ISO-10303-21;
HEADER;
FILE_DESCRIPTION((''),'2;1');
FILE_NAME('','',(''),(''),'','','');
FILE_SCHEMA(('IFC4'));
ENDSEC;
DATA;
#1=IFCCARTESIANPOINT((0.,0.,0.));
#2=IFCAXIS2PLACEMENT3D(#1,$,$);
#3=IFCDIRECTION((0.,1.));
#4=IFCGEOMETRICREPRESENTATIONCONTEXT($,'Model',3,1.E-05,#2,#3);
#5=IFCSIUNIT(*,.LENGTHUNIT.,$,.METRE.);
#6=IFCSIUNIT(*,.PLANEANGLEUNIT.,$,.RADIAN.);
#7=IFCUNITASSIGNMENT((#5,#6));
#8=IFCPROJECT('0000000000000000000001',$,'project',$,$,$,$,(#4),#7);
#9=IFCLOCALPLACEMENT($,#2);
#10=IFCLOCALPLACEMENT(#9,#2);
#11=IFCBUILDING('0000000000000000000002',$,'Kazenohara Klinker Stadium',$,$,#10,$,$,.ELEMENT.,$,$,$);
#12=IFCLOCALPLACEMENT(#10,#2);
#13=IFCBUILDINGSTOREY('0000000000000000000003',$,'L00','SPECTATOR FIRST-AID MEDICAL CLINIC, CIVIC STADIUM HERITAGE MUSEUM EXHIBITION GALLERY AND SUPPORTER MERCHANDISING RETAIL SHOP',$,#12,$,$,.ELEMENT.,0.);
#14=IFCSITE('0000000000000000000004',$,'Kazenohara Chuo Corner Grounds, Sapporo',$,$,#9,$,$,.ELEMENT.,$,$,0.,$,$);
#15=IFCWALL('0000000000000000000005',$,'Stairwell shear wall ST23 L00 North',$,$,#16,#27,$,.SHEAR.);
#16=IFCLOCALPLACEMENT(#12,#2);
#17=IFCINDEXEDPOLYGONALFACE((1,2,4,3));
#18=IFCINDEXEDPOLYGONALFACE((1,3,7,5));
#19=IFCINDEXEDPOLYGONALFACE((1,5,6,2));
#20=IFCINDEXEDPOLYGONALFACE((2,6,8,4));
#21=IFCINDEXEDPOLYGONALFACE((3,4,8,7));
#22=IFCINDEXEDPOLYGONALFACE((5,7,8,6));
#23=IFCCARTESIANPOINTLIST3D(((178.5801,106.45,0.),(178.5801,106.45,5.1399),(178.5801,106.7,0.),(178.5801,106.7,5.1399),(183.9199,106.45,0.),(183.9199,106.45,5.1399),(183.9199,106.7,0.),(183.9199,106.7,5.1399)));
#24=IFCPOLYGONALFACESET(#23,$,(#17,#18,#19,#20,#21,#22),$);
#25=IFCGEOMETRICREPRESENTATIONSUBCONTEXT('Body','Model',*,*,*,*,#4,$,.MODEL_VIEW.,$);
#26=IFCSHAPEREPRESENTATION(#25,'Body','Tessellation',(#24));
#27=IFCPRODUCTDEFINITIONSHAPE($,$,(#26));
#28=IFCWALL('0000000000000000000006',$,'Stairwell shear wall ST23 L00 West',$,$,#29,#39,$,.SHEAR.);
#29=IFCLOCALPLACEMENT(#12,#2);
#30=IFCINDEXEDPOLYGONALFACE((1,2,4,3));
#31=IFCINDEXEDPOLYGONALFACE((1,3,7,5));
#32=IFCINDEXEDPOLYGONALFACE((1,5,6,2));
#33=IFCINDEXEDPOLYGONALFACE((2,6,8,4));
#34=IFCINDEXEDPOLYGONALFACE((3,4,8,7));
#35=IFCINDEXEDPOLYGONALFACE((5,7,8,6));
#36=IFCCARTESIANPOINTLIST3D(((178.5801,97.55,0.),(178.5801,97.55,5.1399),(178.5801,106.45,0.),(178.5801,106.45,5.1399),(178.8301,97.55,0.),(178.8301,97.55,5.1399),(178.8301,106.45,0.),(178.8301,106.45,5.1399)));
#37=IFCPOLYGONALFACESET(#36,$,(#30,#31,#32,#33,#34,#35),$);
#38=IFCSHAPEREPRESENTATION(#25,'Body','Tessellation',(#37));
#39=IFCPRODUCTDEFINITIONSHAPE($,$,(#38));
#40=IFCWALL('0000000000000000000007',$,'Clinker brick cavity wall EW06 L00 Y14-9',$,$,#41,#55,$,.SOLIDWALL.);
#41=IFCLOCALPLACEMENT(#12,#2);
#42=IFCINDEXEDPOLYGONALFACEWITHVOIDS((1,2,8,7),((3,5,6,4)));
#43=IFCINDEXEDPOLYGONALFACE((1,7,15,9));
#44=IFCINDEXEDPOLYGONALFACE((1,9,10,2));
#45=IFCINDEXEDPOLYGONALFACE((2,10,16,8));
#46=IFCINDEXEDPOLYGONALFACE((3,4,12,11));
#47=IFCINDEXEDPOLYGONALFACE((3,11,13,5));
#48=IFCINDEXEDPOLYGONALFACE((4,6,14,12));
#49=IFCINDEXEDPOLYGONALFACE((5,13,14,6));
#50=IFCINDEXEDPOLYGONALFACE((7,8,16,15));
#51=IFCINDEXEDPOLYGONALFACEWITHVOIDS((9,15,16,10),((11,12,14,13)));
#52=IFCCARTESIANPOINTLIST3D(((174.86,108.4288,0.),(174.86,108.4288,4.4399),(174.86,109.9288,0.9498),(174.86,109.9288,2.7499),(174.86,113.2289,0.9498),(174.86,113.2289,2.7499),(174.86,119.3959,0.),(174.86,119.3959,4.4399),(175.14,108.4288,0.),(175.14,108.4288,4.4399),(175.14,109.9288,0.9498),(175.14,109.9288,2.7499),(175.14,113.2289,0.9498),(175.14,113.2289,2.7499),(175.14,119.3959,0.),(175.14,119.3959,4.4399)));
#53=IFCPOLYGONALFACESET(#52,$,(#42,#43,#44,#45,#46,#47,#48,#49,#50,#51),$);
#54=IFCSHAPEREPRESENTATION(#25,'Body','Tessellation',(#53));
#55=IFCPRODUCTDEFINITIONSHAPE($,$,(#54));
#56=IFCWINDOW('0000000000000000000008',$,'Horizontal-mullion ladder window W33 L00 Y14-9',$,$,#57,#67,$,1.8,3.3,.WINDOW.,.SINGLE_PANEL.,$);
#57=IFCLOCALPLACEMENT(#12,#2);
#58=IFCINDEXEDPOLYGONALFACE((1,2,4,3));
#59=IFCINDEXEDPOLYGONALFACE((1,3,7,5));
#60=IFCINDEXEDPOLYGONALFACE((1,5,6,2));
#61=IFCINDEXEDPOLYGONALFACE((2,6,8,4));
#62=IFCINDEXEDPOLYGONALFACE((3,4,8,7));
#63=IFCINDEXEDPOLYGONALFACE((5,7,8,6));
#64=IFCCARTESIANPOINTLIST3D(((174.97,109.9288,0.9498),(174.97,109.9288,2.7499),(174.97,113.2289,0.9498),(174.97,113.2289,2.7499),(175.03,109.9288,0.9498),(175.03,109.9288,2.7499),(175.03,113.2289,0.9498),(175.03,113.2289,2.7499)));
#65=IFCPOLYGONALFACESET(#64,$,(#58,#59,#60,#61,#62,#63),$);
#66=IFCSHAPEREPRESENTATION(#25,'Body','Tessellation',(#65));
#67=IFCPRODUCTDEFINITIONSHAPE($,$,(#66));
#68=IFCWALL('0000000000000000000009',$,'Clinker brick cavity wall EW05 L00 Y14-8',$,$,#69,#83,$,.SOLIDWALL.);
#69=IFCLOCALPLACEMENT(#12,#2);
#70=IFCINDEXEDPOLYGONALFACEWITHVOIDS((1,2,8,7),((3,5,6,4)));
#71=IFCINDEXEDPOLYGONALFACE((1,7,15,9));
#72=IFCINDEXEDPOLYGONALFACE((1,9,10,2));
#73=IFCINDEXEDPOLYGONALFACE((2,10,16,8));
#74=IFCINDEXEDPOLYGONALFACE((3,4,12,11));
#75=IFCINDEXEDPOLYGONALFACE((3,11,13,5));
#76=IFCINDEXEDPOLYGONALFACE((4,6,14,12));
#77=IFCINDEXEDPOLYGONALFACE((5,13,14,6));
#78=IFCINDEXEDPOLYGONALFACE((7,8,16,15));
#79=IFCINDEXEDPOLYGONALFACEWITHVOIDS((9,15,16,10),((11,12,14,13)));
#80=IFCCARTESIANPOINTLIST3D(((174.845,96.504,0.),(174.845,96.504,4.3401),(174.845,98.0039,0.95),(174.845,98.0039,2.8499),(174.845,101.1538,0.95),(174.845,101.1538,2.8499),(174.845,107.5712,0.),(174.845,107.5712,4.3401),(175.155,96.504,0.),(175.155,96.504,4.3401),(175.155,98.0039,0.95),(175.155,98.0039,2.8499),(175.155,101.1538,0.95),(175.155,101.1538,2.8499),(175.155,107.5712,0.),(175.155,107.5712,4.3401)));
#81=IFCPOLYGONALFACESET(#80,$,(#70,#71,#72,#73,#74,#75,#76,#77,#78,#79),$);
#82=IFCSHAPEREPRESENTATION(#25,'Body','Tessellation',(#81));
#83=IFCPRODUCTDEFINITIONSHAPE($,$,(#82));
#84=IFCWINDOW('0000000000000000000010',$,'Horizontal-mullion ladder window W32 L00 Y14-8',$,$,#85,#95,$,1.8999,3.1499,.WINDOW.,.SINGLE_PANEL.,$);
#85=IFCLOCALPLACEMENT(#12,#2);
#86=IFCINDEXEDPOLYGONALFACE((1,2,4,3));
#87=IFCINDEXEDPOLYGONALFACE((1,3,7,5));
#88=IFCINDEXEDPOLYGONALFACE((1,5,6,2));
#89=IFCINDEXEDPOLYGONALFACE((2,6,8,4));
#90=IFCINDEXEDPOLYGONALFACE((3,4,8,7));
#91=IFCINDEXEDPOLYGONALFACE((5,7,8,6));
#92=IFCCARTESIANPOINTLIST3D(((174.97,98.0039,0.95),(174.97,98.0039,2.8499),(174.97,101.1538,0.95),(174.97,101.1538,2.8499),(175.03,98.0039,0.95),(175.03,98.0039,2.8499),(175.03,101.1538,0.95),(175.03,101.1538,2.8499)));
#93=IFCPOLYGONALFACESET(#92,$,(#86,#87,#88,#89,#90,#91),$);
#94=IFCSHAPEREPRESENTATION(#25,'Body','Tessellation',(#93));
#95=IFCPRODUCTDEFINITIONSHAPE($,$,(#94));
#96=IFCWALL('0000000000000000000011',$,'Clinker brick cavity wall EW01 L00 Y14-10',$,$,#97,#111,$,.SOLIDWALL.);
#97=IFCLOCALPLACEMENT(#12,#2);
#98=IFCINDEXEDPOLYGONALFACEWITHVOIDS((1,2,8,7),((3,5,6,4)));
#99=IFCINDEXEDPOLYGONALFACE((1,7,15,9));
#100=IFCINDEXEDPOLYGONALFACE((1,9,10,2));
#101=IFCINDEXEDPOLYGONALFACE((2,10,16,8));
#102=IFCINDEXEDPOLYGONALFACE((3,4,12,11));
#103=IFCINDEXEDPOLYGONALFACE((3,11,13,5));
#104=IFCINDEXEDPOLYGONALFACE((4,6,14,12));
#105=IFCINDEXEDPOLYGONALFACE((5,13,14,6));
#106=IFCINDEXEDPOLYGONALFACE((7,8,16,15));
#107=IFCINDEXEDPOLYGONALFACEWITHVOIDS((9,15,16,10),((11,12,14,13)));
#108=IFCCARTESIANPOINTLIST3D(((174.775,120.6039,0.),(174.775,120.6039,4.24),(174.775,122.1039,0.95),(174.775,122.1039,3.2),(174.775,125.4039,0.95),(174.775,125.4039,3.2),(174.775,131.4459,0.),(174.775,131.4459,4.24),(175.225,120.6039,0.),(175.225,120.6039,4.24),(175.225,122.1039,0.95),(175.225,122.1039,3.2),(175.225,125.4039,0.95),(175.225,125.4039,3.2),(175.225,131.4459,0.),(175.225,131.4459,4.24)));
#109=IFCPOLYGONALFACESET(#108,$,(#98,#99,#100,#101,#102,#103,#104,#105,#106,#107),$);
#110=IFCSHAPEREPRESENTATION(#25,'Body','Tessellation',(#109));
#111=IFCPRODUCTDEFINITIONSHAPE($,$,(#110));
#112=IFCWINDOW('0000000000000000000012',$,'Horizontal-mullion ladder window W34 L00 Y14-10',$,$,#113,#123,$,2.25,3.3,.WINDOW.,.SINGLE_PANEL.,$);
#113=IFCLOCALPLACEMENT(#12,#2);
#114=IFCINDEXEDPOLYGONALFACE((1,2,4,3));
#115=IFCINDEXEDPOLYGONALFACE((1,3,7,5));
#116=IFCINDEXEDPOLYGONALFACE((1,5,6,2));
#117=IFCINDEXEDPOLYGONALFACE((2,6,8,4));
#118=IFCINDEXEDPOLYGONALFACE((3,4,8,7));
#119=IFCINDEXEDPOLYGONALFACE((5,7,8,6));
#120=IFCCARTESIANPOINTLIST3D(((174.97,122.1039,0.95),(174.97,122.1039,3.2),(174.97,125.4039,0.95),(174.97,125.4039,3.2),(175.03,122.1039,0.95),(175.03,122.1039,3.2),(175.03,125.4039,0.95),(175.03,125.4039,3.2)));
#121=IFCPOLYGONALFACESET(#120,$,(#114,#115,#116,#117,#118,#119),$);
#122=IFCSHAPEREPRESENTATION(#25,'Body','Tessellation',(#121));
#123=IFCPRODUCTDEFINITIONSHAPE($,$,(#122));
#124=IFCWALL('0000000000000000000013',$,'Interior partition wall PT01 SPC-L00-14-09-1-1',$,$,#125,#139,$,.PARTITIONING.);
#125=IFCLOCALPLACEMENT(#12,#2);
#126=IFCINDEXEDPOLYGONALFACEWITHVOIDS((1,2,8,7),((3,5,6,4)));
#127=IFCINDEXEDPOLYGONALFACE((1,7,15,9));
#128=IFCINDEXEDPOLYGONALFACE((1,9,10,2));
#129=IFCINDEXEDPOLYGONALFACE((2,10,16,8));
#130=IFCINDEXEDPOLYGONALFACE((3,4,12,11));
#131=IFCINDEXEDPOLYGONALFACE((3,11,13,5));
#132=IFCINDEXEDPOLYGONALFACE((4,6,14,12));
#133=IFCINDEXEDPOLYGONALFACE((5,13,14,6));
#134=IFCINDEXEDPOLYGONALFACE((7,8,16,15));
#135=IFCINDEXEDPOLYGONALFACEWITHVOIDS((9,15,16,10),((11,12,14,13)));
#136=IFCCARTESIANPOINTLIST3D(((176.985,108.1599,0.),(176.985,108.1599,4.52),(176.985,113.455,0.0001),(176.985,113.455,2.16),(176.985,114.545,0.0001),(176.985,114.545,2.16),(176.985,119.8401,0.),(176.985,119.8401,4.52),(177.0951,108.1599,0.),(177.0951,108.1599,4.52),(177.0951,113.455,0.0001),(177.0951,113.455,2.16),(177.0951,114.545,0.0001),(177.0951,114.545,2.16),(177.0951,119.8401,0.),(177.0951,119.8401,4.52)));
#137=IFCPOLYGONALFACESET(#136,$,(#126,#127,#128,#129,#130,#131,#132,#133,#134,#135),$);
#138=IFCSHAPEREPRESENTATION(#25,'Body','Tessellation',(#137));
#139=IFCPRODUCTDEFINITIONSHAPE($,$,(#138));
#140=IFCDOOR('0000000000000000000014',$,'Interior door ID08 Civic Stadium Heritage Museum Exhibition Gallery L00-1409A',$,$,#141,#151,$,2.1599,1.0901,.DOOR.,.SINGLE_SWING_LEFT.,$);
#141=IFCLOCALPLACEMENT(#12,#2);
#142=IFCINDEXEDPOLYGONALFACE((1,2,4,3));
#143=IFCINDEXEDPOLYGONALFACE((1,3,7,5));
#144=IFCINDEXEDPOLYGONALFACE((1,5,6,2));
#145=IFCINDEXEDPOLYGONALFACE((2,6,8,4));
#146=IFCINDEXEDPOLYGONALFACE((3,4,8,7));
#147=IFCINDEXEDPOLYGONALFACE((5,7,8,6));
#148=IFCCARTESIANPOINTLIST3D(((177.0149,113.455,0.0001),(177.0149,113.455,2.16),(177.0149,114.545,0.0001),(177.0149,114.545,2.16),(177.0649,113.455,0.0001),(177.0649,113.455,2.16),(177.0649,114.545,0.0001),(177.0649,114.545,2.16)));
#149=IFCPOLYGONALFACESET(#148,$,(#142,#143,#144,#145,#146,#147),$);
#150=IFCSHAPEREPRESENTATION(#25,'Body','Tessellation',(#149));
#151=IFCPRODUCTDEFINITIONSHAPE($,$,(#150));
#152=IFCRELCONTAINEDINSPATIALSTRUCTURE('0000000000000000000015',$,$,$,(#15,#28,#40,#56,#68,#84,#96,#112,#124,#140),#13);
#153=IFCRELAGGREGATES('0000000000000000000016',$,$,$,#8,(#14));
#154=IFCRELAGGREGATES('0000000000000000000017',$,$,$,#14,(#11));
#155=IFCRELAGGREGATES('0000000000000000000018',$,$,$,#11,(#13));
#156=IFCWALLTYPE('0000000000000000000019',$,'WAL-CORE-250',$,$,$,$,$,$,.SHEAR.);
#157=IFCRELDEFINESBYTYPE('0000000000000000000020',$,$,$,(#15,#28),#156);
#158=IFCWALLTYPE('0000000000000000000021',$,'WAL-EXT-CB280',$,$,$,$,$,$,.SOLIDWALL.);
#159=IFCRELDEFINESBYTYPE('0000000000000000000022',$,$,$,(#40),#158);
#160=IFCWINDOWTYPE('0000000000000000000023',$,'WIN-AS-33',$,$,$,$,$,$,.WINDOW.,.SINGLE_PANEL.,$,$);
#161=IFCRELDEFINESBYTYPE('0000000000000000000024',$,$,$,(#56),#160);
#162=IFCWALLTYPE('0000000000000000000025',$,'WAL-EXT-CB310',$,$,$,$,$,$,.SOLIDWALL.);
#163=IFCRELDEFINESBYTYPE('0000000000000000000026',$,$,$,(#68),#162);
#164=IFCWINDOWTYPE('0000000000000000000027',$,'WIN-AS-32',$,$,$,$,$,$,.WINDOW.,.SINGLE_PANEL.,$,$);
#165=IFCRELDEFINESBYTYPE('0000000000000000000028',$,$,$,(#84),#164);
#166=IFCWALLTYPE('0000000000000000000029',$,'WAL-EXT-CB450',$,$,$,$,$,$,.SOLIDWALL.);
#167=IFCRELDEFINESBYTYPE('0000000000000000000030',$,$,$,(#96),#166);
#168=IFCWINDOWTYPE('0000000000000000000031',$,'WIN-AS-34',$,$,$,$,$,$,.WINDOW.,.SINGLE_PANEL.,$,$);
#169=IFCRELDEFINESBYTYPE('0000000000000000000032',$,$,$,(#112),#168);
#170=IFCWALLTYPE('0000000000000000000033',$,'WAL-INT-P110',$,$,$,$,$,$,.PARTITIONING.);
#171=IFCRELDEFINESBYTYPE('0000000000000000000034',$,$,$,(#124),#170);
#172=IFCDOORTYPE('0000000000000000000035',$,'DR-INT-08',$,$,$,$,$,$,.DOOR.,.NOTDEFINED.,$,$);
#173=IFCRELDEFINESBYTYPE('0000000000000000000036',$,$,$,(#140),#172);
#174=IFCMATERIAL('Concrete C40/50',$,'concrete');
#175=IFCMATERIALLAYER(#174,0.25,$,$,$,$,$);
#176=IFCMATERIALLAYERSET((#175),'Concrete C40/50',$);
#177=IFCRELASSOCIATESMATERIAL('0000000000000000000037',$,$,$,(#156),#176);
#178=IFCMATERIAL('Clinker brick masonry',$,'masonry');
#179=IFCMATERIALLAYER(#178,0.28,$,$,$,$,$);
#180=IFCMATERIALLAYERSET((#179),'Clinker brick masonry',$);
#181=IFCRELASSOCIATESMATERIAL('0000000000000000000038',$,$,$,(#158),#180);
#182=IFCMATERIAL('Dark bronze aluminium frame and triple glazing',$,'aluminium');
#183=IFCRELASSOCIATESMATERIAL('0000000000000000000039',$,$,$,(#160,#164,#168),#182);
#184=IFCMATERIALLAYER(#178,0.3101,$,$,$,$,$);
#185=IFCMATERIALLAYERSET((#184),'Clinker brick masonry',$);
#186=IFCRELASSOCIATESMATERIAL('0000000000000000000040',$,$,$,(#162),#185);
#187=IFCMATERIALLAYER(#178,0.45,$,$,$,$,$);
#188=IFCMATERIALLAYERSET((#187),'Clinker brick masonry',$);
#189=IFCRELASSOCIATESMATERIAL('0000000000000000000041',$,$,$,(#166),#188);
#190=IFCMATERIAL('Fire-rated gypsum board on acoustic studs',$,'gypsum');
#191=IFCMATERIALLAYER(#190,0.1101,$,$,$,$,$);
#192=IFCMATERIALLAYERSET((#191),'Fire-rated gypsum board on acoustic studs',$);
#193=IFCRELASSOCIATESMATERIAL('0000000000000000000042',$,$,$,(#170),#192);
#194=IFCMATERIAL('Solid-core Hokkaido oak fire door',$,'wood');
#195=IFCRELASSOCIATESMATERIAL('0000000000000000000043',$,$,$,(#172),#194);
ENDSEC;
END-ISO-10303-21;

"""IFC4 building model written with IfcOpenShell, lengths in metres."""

from ifc_helpers import new_model, si_unit, direction, frame, frame_2d, origin, place, context, subcontext, project, spatial, rectangle, extrude, material, layer, layer_set, type_object, element, fill, save


model = new_model("IFC4")

# Units and contexts
model_context = context("Model", 3, precision=1e-05, world=origin(), true_north=direction((0.0, 1.0)))
body_context = subcontext(model_context, "Body", "Model", "MODEL_VIEW")
ifc_project = project(units=[si_unit("LENGTHUNIT", "METRE"), si_unit("PLANEANGLEUNIT", "RADIAN")], contexts=[model_context])

# Site, building, storey
site_placement = place(None, origin())
site = spatial("IfcSite", under=ifc_project, at=site_placement, Name="Kazenohara Chuo Corner Grounds, Sapporo", CompositionType="ELEMENT", RefElevation=0.0)
building_placement = place(site_placement, origin())
building = spatial("IfcBuilding", under=site, at=building_placement, Name="Kazenohara Klinker Stadium", CompositionType="ELEMENT")
storey_placement = place(building_placement, origin())
storey = spatial("IfcBuildingStorey", under=building, at=storey_placement, Name="L00", Description="SPECTATOR FIRST-AID MEDICAL CLINIC, CIVIC STADIUM HERITAGE MUSEUM EXHIBITION GALLERY AND SUPPORTER MERCHANDISING RETAIL SHOP", CompositionType="ELEMENT", Elevation=0.0)

# Shared definitions
ifc_material_1 = material(Name="Concrete C40/50", Category="concrete")

# Shared definitions
ifc_layer_1 = layer(ifc_material_1, 0.25)
ifc_layer_set_1 = layer_set([ifc_layer_1], Name="Concrete C40/50")
wall_type_1 = type_object("IfcWallType", Name="WAL-CORE-250", PredefinedType="SHEAR", material=ifc_layer_set_1)

# Walls
wall_1_placement = place(storey_placement, frame((178.5801, 106.575, 0.0), z_axis=(0.0, 0.0, 1.0), x_axis=(1.0, 0.0, 0.0)))
element("IfcWall", 1, at=wall_1_placement, inside=storey, type_object=wall_type_1, Name="Stairwell shear wall ST23 L00 North", PredefinedType="SHEAR", context=body_context, shape_type="SweptSolid", body=[
    extrude(rectangle(XDim=5.3398, YDim=0.25, at=frame_2d((2.6699, 0.0))), origin(), (0.0, 0.0, 1.0), 5.1399),
])
wall_2_placement = place(storey_placement, frame((178.7051, 97.55, 0.0), z_axis=(0.0, 0.0, 1.0), x_axis=(0.0, 1.0, 0.0)))
element("IfcWall", 2, at=wall_2_placement, inside=storey, type_object=wall_type_1, Name="Stairwell shear wall ST23 L00 West", PredefinedType="SHEAR", context=body_context, shape_type="SweptSolid", body=[
    extrude(rectangle(XDim=8.8999, YDim=0.25, at=frame_2d((4.45, 0.0))), origin(), (0.0, 0.0, 1.0), 5.1399),
])

# Walls, openings, windows
ifc_material_2 = material(Name="Clinker brick masonry", Category="masonry")
ifc_layer_2 = layer(ifc_material_2, 0.28)
ifc_layer_set_2 = layer_set([ifc_layer_2], Name="Clinker brick masonry")
wall_type_2 = type_object("IfcWallType", Name="WAL-EXT-CB280", PredefinedType="SOLIDWALL", material=ifc_layer_set_2)
wall_3_placement = place(storey_placement, frame((175.0, 108.429, 0.0), z_axis=(0.0, 0.0, 1.0), x_axis=(0.0, 1.0, 0.0)))
wall_3 = element("IfcWall", 3, at=wall_3_placement, inside=storey, type_object=wall_type_2, Name="Clinker brick cavity wall EW06 L00 Y14-9", PredefinedType="SOLIDWALL", context=body_context, shape_type="SweptSolid", body=[
    extrude(rectangle(XDim=10.967, YDim=0.28, at=frame_2d((5.4834, 0.0))), origin(), (0.0, 0.0, 1.0), 4.4399),
])
opening_1_placement = place(wall_3_placement, frame((1.5, 0.0, 0.95)))
opening_1 = element("IfcOpeningElement", 4, at=opening_1_placement, cuts=wall_3, PredefinedType="OPENING", context=body_context, shape_type="SweptSolid", body=[
    extrude(rectangle(XDim=3.3, YDim=1.8, at=frame_2d((1.6499, 0.8999))), frame((0.0, 0.1499, 0.0), z_axis=(0.0, -1.0, 0.0), x_axis=(1.0, 0.0, 0.0)), (0.0, 0.0, 1.0), 0.3),
])
ifc_material_3 = material(Name="Dark bronze aluminium frame and triple glazing", Category="aluminium")
window_type_1 = type_object("IfcWindowType", Name="WIN-AS-33", PartitioningType="SINGLE_PANEL", PredefinedType="WINDOW", material=ifc_material_3)
window_1_placement = place(opening_1_placement, origin())
window_1 = element("IfcWindow", 5, at=window_1_placement, inside=storey, type_object=window_type_1, Name="Horizontal-mullion ladder window W33 L00 Y14-9", OverallHeight=1.8, OverallWidth=3.3, PartitioningType="SINGLE_PANEL", PredefinedType="WINDOW", context=body_context, shape_type="SweptSolid", body=[
    extrude(rectangle(XDim=3.3, YDim=1.8, at=frame_2d((1.6499, 0.8999))), frame((0.0, 0.03, 0.0), z_axis=(0.0, -1.0, 0.0), x_axis=(1.0, 0.0, 0.0)), (0.0, 0.0, 1.0), 0.0601),
])
fill(opening_1, window_1)
ifc_layer_3 = layer(ifc_material_2, 0.3101)
ifc_layer_set_3 = layer_set([ifc_layer_3], Name="Clinker brick masonry")
wall_type_3 = type_object("IfcWallType", Name="WAL-EXT-CB310", PredefinedType="SOLIDWALL", material=ifc_layer_set_3)
wall_4_placement = place(storey_placement, frame((175.0, 96.5039, 0.0), z_axis=(0.0, 0.0, 1.0), x_axis=(0.0, 1.0, 0.0)))
wall_4 = element("IfcWall", 6, at=wall_4_placement, inside=storey, type_object=wall_type_3, Name="Clinker brick cavity wall EW05 L00 Y14-8", PredefinedType="SOLIDWALL", context=body_context, shape_type="SweptSolid", body=[
    extrude(rectangle(XDim=11.0671, YDim=0.3101, at=frame_2d((5.5337, 0.0))), origin(), (0.0, 0.0, 1.0), 4.3401),
])
opening_2_placement = place(wall_4_placement, frame((1.5, 0.0, 0.95)))
opening_2 = element("IfcOpeningElement", 7, at=opening_2_placement, cuts=wall_4, PredefinedType="OPENING", context=body_context, shape_type="SweptSolid", body=[
    extrude(rectangle(XDim=3.1499, YDim=1.8999, at=frame_2d((1.575, 0.95))), frame((0.0, 0.165, 0.0), z_axis=(0.0, -1.0, 0.0), x_axis=(1.0, 0.0, 0.0)), (0.0, 0.0, 1.0), 0.3301),
])
window_type_2 = type_object("IfcWindowType", Name="WIN-AS-32", PartitioningType="SINGLE_PANEL", PredefinedType="WINDOW", material=ifc_material_3)
window_2_placement = place(opening_2_placement, origin())
window_2 = element("IfcWindow", 8, at=window_2_placement, inside=storey, type_object=window_type_2, Name="Horizontal-mullion ladder window W32 L00 Y14-8", OverallHeight=1.8999, OverallWidth=3.1499, PartitioningType="SINGLE_PANEL", PredefinedType="WINDOW", context=body_context, shape_type="SweptSolid", body=[
    extrude(rectangle(XDim=3.1499, YDim=1.8999, at=frame_2d((1.575, 0.95))), frame((0.0, 0.03, 0.0), z_axis=(0.0, -1.0, 0.0), x_axis=(1.0, 0.0, 0.0)), (0.0, 0.0, 1.0), 0.0601),
])
fill(opening_2, window_2)
ifc_layer_4 = layer(ifc_material_2, 0.45)
ifc_layer_set_4 = layer_set([ifc_layer_4], Name="Clinker brick masonry")
wall_type_4 = type_object("IfcWallType", Name="WAL-EXT-CB450", PredefinedType="SOLIDWALL", material=ifc_layer_set_4)
wall_5_placement = place(storey_placement, frame((175.0, 120.604, 0.0), z_axis=(0.0, 0.0, 1.0), x_axis=(0.0, 1.0, 0.0)))
wall_5 = element("IfcWall", 9, at=wall_5_placement, inside=storey, type_object=wall_type_4, Name="Clinker brick cavity wall EW01 L00 Y14-10", PredefinedType="SOLIDWALL", context=body_context, shape_type="SweptSolid", body=[
    extrude(rectangle(XDim=10.842, YDim=0.45, at=frame_2d((5.4209, 0.0))), origin(), (0.0, 0.0, 1.0), 4.24),
])
opening_3_placement = place(wall_5_placement, frame((1.5, 0.0, 0.95)))
opening_3 = element("IfcOpeningElement", 10, at=opening_3_placement, cuts=wall_5, PredefinedType="OPENING", context=body_context, shape_type="SweptSolid", body=[
    extrude(rectangle(XDim=3.3, YDim=2.25, at=frame_2d((1.6499, 1.125))), frame((0.0, 0.2349, 0.0), z_axis=(0.0, -1.0, 0.0), x_axis=(1.0, 0.0, 0.0)), (0.0, 0.0, 1.0), 0.47),
])
window_type_3 = type_object("IfcWindowType", Name="WIN-AS-34", PartitioningType="SINGLE_PANEL", PredefinedType="WINDOW", material=ifc_material_3)
window_3_placement = place(opening_3_placement, origin())
window_3 = element("IfcWindow", 11, at=window_3_placement, inside=storey, type_object=window_type_3, Name="Horizontal-mullion ladder window W34 L00 Y14-10", OverallHeight=2.25, OverallWidth=3.3, PartitioningType="SINGLE_PANEL", PredefinedType="WINDOW", context=body_context, shape_type="SweptSolid", body=[
    extrude(rectangle(XDim=3.3, YDim=2.25, at=frame_2d((1.6499, 1.125))), frame((0.0, 0.03, 0.0), z_axis=(0.0, -1.0, 0.0), x_axis=(1.0, 0.0, 0.0)), (0.0, 0.0, 1.0), 0.0601),
])
fill(opening_3, window_3)

# Wall, opening, door
ifc_material_4 = material(Name="Fire-rated gypsum board on acoustic studs", Category="gypsum")
ifc_layer_5 = layer(ifc_material_4, 0.1101)
ifc_layer_set_5 = layer_set([ifc_layer_5], Name="Fire-rated gypsum board on acoustic studs")
wall_type_5 = type_object("IfcWallType", Name="WAL-INT-P110", PredefinedType="PARTITIONING", material=ifc_layer_set_5)
wall_6_placement = place(storey_placement, frame((177.04, 108.1599, 0.0), z_axis=(0.0, 0.0, 1.0), x_axis=(0.0, 1.0, 0.0)))
wall_6 = element("IfcWall", 12, at=wall_6_placement, inside=storey, type_object=wall_type_5, Name="Interior partition wall PT01 SPC-L00-14-09-1-1", PredefinedType="PARTITIONING", context=body_context, shape_type="SweptSolid", body=[
    extrude(rectangle(XDim=11.6802, YDim=0.1101, at=frame_2d((5.8401, 0.0))), origin(), (0.0, 0.0, 1.0), 4.52),
])
opening_4_placement = place(wall_6_placement, frame((6.385, 0.0, 0.0), z_axis=(0.0, 0.0, 1.0), x_axis=(-1.0, 0.0, 0.0)))
opening_4 = element("IfcOpeningElement", 13, at=opening_4_placement, cuts=wall_6, PredefinedType="OPENING", context=body_context, shape_type="SweptSolid", body=[
    extrude(rectangle(XDim=1.0901, YDim=2.1599, at=frame_2d((0.5449, 1.0801))), frame((0.0, 0.0649, 0.0), z_axis=(0.0, -1.0, 0.0), x_axis=(1.0, 0.0, 0.0)), (0.0, 0.0, 1.0), 0.1301),
])
ifc_material_5 = material(Name="Solid-core Hokkaido oak fire door", Category="wood")
door_type_1 = type_object("IfcDoorType", Name="DR-INT-08", OperationType="NOTDEFINED", PredefinedType="DOOR", material=ifc_material_5)
door_1_placement = place(opening_4_placement, origin())
door_1 = element("IfcDoor", 14, at=door_1_placement, inside=storey, type_object=door_type_1, Name="Interior door ID08 Civic Stadium Heritage Museum Exhibition Gallery L00-1409A", OperationType="SINGLE_SWING_LEFT", OverallHeight=2.1599, OverallWidth=1.0901, PredefinedType="DOOR", context=body_context, shape_type="SweptSolid", body=[
    extrude(rectangle(XDim=1.0901, YDim=2.1599, at=frame_2d((0.5449, 1.0801))), frame((0.0, 0.0249, 0.0), z_axis=(0.0, -1.0, 0.0), x_axis=(1.0, 0.0, 0.0)), (0.0, 0.0, 1.0), 0.05),
])
fill(opening_4, door_1)

save(model, "model.ifc")
